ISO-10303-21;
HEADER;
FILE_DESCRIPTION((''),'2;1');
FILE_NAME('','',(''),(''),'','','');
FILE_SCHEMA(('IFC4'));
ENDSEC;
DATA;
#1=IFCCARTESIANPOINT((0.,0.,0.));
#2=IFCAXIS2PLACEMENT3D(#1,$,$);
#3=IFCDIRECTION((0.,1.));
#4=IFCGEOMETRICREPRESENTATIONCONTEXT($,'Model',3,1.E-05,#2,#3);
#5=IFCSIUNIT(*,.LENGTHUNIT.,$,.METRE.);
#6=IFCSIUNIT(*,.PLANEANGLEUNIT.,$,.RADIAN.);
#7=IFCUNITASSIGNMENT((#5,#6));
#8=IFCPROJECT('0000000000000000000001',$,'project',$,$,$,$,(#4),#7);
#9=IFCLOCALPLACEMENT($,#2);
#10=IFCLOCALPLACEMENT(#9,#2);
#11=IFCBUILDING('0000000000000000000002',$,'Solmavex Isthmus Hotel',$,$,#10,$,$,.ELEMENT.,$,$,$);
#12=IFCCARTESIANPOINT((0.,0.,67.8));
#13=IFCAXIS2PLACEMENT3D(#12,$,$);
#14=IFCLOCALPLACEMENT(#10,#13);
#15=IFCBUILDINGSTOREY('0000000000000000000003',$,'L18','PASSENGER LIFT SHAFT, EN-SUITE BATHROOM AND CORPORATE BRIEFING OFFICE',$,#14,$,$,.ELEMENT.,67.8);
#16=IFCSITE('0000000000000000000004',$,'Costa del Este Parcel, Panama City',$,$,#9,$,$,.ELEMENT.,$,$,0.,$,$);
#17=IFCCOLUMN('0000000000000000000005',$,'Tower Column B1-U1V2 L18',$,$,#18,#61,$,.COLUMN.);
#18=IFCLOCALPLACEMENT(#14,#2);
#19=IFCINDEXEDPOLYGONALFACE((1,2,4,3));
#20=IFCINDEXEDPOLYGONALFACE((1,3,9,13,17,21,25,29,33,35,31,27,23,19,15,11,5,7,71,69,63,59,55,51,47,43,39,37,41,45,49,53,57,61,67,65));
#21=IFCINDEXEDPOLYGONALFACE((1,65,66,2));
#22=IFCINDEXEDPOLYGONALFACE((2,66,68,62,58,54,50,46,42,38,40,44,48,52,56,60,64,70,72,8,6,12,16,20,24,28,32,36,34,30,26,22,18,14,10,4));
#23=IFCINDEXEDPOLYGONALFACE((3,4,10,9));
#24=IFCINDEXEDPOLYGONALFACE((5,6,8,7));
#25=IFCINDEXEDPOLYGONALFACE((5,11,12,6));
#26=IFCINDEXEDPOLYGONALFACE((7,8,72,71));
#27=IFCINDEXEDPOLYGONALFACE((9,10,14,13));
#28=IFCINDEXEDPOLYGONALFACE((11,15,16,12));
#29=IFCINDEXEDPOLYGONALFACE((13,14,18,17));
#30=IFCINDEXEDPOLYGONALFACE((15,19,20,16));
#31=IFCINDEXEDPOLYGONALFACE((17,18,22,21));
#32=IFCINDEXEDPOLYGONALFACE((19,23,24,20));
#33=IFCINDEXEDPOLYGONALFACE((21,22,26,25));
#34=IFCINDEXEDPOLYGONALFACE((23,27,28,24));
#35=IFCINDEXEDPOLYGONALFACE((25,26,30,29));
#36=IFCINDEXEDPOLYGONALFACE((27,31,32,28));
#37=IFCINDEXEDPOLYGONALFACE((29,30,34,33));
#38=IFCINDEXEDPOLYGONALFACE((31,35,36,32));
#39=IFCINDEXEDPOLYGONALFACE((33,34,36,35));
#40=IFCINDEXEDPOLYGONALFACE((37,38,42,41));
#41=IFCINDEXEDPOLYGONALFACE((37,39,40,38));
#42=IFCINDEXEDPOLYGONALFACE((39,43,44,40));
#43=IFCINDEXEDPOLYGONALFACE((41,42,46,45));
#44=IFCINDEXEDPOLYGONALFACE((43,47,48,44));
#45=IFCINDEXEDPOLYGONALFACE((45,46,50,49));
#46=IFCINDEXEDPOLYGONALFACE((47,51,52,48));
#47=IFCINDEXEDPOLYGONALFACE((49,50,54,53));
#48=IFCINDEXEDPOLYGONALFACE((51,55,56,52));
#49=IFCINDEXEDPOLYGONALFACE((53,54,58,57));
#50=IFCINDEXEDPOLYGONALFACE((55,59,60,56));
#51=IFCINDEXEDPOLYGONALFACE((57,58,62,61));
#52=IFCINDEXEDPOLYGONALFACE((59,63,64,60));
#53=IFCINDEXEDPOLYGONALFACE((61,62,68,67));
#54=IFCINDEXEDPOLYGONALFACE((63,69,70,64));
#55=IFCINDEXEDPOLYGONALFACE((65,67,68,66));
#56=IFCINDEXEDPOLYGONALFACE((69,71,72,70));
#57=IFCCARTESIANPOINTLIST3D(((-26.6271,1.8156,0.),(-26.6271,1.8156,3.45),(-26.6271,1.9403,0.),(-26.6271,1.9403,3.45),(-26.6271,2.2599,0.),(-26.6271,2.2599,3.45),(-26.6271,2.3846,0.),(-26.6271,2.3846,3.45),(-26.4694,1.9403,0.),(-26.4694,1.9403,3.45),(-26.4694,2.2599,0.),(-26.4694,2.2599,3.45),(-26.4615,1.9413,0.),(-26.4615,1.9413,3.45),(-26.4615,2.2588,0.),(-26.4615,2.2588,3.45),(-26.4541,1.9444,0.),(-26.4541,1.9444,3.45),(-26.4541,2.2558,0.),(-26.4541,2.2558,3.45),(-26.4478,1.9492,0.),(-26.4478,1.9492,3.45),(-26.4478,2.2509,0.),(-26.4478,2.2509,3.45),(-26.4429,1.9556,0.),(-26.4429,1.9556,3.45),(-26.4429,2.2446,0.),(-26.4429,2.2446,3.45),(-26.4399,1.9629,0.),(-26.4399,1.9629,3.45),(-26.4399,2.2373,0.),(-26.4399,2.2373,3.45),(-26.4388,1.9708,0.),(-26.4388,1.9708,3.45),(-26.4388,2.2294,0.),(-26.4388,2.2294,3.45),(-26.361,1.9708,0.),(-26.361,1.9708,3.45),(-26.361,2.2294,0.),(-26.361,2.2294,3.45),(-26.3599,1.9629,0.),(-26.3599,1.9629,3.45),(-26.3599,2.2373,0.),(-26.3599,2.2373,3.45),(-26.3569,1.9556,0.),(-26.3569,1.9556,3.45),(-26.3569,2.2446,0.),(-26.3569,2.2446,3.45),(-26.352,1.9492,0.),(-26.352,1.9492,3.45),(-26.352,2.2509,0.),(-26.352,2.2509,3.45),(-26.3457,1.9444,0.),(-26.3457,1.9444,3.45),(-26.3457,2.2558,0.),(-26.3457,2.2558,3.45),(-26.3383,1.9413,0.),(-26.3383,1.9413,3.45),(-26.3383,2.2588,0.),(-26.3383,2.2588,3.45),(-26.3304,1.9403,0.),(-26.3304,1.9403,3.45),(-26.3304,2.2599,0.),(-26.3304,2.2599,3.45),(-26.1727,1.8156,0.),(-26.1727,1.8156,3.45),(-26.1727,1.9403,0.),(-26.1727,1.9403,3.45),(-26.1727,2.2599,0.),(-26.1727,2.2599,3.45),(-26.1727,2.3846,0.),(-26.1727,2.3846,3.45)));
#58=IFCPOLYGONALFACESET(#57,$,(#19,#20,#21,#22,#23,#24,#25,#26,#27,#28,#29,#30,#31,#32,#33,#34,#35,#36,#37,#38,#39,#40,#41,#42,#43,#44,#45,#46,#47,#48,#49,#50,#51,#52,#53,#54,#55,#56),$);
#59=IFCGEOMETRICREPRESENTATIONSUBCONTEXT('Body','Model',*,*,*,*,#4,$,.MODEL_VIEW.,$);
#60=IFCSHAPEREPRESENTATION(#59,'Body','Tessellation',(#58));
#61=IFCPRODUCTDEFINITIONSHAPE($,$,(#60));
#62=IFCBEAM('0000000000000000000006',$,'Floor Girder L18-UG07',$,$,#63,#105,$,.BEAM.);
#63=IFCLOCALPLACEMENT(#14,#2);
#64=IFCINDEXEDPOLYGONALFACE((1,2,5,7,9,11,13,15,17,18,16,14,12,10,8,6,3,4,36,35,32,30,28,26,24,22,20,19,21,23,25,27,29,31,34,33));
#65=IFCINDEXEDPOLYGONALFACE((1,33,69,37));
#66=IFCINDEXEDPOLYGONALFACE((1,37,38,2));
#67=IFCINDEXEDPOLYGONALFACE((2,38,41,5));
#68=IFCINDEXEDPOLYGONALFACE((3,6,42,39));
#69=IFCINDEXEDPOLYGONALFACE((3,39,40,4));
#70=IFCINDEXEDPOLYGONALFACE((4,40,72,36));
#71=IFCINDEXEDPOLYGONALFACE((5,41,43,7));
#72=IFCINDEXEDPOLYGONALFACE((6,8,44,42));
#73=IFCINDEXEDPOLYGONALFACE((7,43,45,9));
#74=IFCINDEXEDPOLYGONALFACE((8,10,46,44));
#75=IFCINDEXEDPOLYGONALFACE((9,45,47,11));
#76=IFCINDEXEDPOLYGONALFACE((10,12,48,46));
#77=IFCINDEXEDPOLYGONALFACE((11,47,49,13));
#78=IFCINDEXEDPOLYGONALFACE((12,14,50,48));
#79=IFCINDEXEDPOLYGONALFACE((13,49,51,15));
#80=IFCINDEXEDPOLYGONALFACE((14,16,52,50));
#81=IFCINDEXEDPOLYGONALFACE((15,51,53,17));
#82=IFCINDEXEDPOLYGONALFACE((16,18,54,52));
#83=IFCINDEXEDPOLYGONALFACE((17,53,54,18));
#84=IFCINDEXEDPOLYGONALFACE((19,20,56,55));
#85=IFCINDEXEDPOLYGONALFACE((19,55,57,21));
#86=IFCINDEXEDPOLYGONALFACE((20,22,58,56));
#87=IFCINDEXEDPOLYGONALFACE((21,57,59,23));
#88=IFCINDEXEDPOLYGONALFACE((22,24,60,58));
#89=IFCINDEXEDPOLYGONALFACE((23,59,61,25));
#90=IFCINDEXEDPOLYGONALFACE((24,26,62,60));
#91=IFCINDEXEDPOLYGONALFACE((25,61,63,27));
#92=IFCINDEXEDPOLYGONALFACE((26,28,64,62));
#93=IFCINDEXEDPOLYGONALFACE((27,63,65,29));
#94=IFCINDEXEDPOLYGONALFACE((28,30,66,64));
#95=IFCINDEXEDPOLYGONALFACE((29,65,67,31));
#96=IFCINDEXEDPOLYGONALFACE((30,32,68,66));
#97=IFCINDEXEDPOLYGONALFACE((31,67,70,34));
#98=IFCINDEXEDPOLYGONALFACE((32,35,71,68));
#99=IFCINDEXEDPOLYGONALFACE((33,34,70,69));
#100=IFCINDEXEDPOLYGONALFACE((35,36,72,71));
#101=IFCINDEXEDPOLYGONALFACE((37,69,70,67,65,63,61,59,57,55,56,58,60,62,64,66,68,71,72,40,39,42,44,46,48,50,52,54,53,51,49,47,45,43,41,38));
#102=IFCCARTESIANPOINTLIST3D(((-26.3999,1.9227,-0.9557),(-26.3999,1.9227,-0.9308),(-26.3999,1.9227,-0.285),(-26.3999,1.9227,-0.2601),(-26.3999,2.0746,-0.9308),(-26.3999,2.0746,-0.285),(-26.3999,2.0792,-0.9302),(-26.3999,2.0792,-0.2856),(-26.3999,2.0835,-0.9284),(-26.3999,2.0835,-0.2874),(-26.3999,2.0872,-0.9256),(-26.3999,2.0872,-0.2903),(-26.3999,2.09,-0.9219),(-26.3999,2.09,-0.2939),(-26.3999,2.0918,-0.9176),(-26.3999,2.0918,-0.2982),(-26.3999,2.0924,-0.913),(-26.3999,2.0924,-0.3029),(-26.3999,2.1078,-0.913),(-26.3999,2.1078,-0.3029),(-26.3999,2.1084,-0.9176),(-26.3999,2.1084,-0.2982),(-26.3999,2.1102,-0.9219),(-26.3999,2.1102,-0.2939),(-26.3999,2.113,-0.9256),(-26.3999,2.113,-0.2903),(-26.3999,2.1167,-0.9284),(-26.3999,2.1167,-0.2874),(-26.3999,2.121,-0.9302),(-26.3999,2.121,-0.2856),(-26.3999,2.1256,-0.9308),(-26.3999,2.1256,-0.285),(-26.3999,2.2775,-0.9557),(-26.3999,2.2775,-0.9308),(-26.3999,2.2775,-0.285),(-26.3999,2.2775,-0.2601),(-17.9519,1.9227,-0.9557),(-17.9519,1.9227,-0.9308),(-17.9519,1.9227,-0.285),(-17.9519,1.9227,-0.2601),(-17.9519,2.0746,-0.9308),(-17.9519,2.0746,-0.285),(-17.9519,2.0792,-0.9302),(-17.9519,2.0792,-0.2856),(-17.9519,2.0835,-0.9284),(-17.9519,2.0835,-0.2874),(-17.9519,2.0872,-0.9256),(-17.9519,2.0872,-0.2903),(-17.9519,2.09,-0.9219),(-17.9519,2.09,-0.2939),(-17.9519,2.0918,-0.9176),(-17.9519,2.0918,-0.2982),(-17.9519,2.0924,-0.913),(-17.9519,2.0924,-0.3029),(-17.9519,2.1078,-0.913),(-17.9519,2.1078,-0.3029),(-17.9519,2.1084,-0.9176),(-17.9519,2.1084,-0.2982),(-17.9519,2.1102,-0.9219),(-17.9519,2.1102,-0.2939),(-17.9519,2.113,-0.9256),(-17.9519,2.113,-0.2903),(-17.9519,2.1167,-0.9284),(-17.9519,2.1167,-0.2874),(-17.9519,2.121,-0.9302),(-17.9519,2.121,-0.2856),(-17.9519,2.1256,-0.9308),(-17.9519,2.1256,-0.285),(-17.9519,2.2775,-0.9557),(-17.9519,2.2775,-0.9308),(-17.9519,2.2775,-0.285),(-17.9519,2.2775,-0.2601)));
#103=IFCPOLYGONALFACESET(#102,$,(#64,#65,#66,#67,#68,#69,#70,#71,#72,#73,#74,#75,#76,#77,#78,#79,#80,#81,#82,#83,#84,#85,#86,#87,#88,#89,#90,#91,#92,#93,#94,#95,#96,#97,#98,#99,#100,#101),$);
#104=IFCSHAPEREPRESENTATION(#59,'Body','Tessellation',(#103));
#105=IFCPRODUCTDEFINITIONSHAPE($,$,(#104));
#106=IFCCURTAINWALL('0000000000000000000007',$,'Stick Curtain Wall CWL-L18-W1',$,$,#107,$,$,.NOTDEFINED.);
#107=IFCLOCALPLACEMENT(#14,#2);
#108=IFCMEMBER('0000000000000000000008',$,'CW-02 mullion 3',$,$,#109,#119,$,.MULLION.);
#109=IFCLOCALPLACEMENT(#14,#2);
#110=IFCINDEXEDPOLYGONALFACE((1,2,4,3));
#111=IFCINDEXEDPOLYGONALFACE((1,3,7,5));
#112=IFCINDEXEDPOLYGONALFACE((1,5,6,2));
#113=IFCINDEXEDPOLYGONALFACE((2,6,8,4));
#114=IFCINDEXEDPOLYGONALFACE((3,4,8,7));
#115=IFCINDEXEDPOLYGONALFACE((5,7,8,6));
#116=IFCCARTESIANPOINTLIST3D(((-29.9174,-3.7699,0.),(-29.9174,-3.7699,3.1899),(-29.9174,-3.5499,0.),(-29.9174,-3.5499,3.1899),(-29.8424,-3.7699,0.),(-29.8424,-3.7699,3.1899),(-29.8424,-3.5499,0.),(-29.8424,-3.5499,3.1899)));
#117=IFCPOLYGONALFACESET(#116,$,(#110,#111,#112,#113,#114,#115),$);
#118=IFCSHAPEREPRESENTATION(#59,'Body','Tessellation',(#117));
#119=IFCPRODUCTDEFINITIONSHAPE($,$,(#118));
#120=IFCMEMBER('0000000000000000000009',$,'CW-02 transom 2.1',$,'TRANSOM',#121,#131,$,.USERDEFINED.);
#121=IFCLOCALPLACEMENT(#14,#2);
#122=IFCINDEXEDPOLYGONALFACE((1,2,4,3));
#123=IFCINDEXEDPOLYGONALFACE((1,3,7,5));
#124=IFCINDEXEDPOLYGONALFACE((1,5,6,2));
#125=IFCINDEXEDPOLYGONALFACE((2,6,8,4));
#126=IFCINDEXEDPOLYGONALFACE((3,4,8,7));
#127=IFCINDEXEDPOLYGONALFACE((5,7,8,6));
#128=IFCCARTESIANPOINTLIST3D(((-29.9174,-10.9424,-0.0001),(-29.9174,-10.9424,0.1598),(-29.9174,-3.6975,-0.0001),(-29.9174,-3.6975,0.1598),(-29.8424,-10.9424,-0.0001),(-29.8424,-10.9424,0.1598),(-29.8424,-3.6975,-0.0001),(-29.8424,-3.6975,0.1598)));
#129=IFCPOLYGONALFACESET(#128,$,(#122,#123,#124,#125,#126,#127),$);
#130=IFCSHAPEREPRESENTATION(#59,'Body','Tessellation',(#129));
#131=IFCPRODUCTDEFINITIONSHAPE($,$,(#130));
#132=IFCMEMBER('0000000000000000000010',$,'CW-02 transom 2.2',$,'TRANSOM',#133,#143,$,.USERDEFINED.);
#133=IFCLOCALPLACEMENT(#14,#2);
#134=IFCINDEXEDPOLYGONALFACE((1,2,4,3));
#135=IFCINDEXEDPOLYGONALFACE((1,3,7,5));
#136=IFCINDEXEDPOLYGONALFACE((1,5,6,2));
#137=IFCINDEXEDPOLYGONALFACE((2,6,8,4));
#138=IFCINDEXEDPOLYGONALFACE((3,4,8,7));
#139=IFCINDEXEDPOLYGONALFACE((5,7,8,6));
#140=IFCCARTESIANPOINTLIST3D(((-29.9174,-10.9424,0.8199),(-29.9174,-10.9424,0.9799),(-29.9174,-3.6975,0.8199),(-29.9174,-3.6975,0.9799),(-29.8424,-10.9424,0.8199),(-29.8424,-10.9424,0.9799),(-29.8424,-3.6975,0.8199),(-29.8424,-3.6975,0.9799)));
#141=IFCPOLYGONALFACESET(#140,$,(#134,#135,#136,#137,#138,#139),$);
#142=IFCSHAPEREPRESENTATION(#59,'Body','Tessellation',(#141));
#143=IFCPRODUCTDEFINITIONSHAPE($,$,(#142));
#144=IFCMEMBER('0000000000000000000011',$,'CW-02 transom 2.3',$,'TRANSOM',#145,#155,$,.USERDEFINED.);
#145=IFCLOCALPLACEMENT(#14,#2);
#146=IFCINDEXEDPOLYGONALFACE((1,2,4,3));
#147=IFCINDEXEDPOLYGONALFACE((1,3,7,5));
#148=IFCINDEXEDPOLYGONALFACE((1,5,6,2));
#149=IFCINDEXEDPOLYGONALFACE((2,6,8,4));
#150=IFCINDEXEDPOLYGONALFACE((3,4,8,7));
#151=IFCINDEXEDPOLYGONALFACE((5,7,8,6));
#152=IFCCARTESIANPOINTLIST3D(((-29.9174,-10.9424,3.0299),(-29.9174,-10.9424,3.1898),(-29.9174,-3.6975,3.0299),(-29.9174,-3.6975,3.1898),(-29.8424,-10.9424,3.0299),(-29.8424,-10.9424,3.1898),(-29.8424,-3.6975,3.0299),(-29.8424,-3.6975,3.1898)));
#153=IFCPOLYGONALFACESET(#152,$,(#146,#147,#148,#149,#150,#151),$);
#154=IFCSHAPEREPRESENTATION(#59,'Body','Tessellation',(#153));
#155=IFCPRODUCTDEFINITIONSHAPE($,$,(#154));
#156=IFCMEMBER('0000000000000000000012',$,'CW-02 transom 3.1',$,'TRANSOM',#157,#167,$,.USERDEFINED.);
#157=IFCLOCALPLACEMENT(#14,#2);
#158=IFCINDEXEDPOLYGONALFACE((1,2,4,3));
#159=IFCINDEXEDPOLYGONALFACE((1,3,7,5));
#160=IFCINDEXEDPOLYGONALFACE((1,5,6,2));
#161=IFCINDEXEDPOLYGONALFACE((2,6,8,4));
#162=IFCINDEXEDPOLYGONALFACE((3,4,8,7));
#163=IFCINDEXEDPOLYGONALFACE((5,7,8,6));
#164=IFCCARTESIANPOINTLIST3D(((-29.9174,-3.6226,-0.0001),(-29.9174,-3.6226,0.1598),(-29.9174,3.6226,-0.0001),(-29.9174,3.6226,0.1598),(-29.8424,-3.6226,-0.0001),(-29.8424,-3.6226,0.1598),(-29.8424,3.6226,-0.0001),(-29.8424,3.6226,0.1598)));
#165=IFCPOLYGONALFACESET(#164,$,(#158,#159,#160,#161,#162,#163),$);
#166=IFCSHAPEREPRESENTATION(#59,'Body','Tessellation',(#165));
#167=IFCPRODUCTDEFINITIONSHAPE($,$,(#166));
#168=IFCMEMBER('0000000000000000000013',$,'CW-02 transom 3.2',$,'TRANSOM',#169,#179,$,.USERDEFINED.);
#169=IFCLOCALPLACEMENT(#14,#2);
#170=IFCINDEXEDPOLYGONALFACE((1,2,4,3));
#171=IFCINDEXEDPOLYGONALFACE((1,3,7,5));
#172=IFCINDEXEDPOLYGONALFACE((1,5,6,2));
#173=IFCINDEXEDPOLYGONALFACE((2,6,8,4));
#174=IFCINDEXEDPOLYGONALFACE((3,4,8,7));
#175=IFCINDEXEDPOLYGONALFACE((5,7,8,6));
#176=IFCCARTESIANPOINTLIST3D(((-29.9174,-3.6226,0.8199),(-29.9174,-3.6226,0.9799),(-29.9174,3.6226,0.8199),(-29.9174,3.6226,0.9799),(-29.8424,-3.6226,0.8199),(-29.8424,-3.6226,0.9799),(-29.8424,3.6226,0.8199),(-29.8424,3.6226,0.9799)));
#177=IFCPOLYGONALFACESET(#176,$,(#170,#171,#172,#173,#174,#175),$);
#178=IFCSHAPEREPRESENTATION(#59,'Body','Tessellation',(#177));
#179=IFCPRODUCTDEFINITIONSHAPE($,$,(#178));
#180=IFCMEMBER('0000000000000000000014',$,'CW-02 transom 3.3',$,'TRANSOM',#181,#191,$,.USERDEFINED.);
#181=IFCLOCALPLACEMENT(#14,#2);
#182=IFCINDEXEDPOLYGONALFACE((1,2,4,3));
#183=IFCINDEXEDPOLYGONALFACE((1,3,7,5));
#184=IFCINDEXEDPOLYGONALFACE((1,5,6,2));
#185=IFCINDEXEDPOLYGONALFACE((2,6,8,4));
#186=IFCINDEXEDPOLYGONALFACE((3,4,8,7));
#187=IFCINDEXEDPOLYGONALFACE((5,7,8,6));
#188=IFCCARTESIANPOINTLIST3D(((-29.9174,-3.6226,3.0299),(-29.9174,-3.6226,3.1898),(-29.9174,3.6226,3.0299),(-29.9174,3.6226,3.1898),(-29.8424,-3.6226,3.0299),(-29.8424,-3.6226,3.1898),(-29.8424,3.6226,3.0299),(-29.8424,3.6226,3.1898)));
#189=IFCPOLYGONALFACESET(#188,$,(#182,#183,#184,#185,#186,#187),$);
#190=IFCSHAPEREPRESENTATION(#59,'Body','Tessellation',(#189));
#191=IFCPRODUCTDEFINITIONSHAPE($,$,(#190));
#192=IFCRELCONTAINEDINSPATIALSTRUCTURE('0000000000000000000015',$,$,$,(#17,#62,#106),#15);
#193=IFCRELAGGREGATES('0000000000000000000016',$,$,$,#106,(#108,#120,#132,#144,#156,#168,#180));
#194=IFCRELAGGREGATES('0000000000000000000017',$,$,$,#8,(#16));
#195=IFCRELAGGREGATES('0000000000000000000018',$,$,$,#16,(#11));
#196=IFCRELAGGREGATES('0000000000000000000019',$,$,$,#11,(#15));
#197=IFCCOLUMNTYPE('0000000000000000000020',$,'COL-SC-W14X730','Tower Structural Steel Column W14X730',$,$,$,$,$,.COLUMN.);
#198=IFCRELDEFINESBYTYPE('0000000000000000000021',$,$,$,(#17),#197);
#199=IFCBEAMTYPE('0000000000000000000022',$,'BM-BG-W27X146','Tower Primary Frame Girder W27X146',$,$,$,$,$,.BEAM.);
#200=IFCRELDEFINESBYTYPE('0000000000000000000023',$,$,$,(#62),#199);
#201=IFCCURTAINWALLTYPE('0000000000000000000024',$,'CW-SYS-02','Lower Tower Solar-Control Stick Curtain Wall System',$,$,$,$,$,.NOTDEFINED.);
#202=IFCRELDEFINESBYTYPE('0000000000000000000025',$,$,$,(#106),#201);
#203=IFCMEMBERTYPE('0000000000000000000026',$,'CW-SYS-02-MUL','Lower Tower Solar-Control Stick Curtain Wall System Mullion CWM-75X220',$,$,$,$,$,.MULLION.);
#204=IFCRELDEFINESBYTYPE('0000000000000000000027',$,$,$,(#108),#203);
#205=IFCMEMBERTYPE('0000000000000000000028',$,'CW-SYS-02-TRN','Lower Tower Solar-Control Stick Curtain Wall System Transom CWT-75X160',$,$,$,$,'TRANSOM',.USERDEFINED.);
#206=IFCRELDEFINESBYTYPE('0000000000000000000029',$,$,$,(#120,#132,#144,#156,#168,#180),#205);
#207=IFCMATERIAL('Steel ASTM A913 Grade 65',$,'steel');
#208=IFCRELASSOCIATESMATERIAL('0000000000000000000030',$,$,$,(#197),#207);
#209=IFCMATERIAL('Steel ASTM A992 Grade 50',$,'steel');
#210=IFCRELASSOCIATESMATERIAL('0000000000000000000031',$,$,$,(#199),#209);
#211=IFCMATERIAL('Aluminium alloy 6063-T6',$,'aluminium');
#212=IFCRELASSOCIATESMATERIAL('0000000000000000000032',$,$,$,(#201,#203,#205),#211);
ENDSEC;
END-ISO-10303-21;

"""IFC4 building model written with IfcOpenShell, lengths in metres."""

from ifc_helpers import new_model, si_unit, direction, frame, origin, origin_2d, place, context, subcontext, project, spatial, rectangle, i_section, extrude, material, material_profile, profile_set, type_object, element, aggregate, save


model = new_model("IFC4")

# Units and contexts
model_context = context("Model", 3, precision=1e-05, world=origin(), true_north=direction((0.0, 1.0)))
body_context = subcontext(model_context, "Body", "Model", "MODEL_VIEW")
ifc_project = project(units=[si_unit("LENGTHUNIT", "METRE"), si_unit("PLANEANGLEUNIT", "RADIAN")], contexts=[model_context])

# Site, building, storey
site_placement = place(None, origin())
site = spatial("IfcSite", under=ifc_project, at=site_placement, Name="Costa del Este Parcel, Panama City", CompositionType="ELEMENT", RefElevation=0.0)
building_placement = place(site_placement, origin())
building = spatial("IfcBuilding", under=site, at=building_placement, Name="Solmavex Isthmus Hotel", CompositionType="ELEMENT")
storey_placement = place(building_placement, frame((0.0, 0.0, 67.8)))
storey = spatial("IfcBuildingStorey", under=building, at=storey_placement, Name="L18", Description="PASSENGER LIFT SHAFT, EN-SUITE BATHROOM AND CORPORATE BRIEFING OFFICE", CompositionType="ELEMENT", Elevation=67.8)

# Column
ifc_material_1 = material(Name="Steel ASTM A913 Grade 65", Category="steel")
ifc_material_profile_1 = material_profile(ifc_material_1, i_section(OverallWidth=0.4543, OverallDepth=0.5691, WebThickness=0.0779, FlangeThickness=0.1248, FilletRadius=0.0305, at=origin_2d()), Name="W14X730")
ifc_profile_set_1 = profile_set([ifc_material_profile_1], Name="Steel ASTM A913 Grade 65")
column_type = type_object("IfcColumnType", Name="COL-SC-W14X730", Description="Tower Structural Steel Column W14X730", PredefinedType="COLUMN", material=ifc_profile_set_1)
column_placement = place(storey_placement, frame((-26.3999, 2.1001, 0.0), z_axis=(0.0, 0.0, 1.0), x_axis=(1.0, 0.0, 0.0)))
element("IfcColumn", 1, at=column_placement, inside=storey, type_object=column_type, Name="Tower Column B1-U1V2 L18", PredefinedType="COLUMN", context=body_context, shape_type="SweptSolid", body=[
    extrude(i_section(OverallWidth=0.4543, OverallDepth=0.5691, WebThickness=0.0779, FlangeThickness=0.1248, FilletRadius=0.0305, at=origin_2d()), origin(), (0.0, 0.0, 1.0), 3.45),
])

# Beam
ifc_material_2 = material(Name="Steel ASTM A992 Grade 50", Category="steel")
ifc_material_profile_2 = material_profile(ifc_material_2, i_section(OverallWidth=0.3547, OverallDepth=0.6956, WebThickness=0.0154, FlangeThickness=0.0249, FilletRadius=0.0178, at=origin_2d()), Name="W27X146")
ifc_profile_set_2 = profile_set([ifc_material_profile_2], Name="Steel ASTM A992 Grade 50")
beam_type = type_object("IfcBeamType", Name="BM-BG-W27X146", Description="Tower Primary Frame Girder W27X146", PredefinedType="BEAM", material=ifc_profile_set_2)
beam_placement = place(storey_placement, frame((-26.3999, 2.1001, -0.6079), z_axis=(1.0, 0.0, 0.0), x_axis=(0.0, 1.0, 0.0)))
element("IfcBeam", 2, at=beam_placement, inside=storey, type_object=beam_type, Name="Floor Girder L18-UG07", PredefinedType="BEAM", context=body_context, shape_type="SweptSolid", body=[
    extrude(i_section(OverallWidth=0.3547, OverallDepth=0.6956, WebThickness=0.0154, FlangeThickness=0.0249, FilletRadius=0.0178, at=origin_2d()), origin(), (0.0, 0.0, 1.0), 8.448),
])

# Curtain wall, members
ifc_material_3 = material(Name="Aluminium alloy 6063-T6", Category="aluminium")
curtain_wall_type = type_object("IfcCurtainWallType", Name="CW-SYS-02", Description="Lower Tower Solar-Control Stick Curtain Wall System", PredefinedType="NOTDEFINED", material=ifc_material_3)
curtain_wall_placement = place(storey_placement, origin())
curtain_wall = element("IfcCurtainWall", 3, at=curtain_wall_placement, inside=storey, type_object=curtain_wall_type, Name="Stick Curtain Wall CWL-L18-W1", PredefinedType="NOTDEFINED")
ifc_material_profile_3 = material_profile(ifc_material_3, rectangle(XDim=0.075, YDim=0.22, at=origin_2d()), Name="CWM-75X220")
ifc_profile_set_3 = profile_set([ifc_material_profile_3], Name="Aluminium alloy 6063-T6")
member_type_1 = type_object("IfcMemberType", Name="CW-SYS-02-MUL", Description="Lower Tower Solar-Control Stick Curtain Wall System Mullion CWM-75X220", PredefinedType="MULLION", material=ifc_profile_set_3)
member_1_placement = place(storey_placement, frame((-29.8799, -3.6599, 0.0), z_axis=(0.0, 0.0, 1.0), x_axis=(-1.0, 0.0, 0.0)))
member_1 = element("IfcMember", 4, at=member_1_placement, type_object=member_type_1, Name="CW-02 mullion 3", PredefinedType="MULLION", context=body_context, shape_type="SweptSolid", body=[
    extrude(rectangle(XDim=0.075, YDim=0.22, at=origin_2d()), origin(), (0.0, 0.0, 1.0), 3.1899),
])
ifc_material_profile_4 = material_profile(ifc_material_3, rectangle(XDim=0.075, YDim=0.1599, at=origin_2d()), Name="CWT-75X160")
ifc_profile_set_4 = profile_set([ifc_material_profile_4], Name="Aluminium alloy 6063-T6")
member_type_2 = type_object("IfcMemberType", Name="CW-SYS-02-TRN", Description="Lower Tower Solar-Control Stick Curtain Wall System Transom CWT-75X160", ElementType="TRANSOM", PredefinedType="USERDEFINED", material=ifc_profile_set_4)
member_2_placement = place(storey_placement, frame((-29.8799, -10.9424, 0.0798), z_axis=(0.0, 1.0, 0.0), x_axis=(-1.0, 0.0, 0.0)))
member_2 = element("IfcMember", 5, at=member_2_placement, type_object=member_type_2, Name="CW-02 transom 2.1", ObjectType="TRANSOM", PredefinedType="USERDEFINED", context=body_context, shape_type="SweptSolid", body=[
    extrude(rectangle(XDim=0.075, YDim=0.1599, at=origin_2d()), origin(), (0.0, 0.0, 1.0), 7.2449),
])
member_3_placement = place(storey_placement, frame((-29.8799, -10.9424, 0.8999), z_axis=(0.0, 1.0, 0.0), x_axis=(-1.0, 0.0, 0.0)))
member_3 = element("IfcMember", 6, at=member_3_placement, type_object=member_type_2, Name="CW-02 transom 2.2", ObjectType="TRANSOM", PredefinedType="USERDEFINED", context=body_context, shape_type="SweptSolid", body=[
    extrude(rectangle(XDim=0.075, YDim=0.1599, at=origin_2d()), origin(), (0.0, 0.0, 1.0), 7.2449),
])
member_4_placement = place(storey_placement, frame((-29.8799, -10.9424, 3.1099), z_axis=(0.0, 1.0, 0.0), x_axis=(-1.0, 0.0, 0.0)))
member_4 = element("IfcMember", 7, at=member_4_placement, type_object=member_type_2, Name="CW-02 transom 2.3", ObjectType="TRANSOM", PredefinedType="USERDEFINED", context=body_context, shape_type="SweptSolid", body=[
    extrude(rectangle(XDim=0.075, YDim=0.1599, at=origin_2d()), origin(), (0.0, 0.0, 1.0), 7.2449),
])
member_5_placement = place(storey_placement, frame((-29.8799, -3.6226, 0.0798), z_axis=(0.0, 1.0, 0.0), x_axis=(-1.0, 0.0, 0.0)))
member_5 = element("IfcMember", 8, at=member_5_placement, type_object=member_type_2, Name="CW-02 transom 3.1", ObjectType="TRANSOM", PredefinedType="USERDEFINED", context=body_context, shape_type="SweptSolid", body=[
    extrude(rectangle(XDim=0.075, YDim=0.1599, at=origin_2d()), origin(), (0.0, 0.0, 1.0), 7.2451),
])
member_6_placement = place(storey_placement, frame((-29.8799, -3.6226, 0.8999), z_axis=(0.0, 1.0, 0.0), x_axis=(-1.0, 0.0, 0.0)))
member_6 = element("IfcMember", 9, at=member_6_placement, type_object=member_type_2, Name="CW-02 transom 3.2", ObjectType="TRANSOM", PredefinedType="USERDEFINED", context=body_context, shape_type="SweptSolid", body=[
    extrude(rectangle(XDim=0.075, YDim=0.1599, at=origin_2d()), origin(), (0.0, 0.0, 1.0), 7.2451),
])
member_7_placement = place(storey_placement, frame((-29.8799, -3.6226, 3.1099), z_axis=(0.0, 1.0, 0.0), x_axis=(-1.0, 0.0, 0.0)))
member_7 = element("IfcMember", 10, at=member_7_placement, type_object=member_type_2, Name="CW-02 transom 3.3", ObjectType="TRANSOM", PredefinedType="USERDEFINED", context=body_context, shape_type="SweptSolid", body=[
    extrude(rectangle(XDim=0.075, YDim=0.1599, at=origin_2d()), origin(), (0.0, 0.0, 1.0), 7.2451),
])
aggregate(curtain_wall, [member_1, member_2, member_3, member_4, member_5, member_6, member_7])

save(model, "model.ifc")
